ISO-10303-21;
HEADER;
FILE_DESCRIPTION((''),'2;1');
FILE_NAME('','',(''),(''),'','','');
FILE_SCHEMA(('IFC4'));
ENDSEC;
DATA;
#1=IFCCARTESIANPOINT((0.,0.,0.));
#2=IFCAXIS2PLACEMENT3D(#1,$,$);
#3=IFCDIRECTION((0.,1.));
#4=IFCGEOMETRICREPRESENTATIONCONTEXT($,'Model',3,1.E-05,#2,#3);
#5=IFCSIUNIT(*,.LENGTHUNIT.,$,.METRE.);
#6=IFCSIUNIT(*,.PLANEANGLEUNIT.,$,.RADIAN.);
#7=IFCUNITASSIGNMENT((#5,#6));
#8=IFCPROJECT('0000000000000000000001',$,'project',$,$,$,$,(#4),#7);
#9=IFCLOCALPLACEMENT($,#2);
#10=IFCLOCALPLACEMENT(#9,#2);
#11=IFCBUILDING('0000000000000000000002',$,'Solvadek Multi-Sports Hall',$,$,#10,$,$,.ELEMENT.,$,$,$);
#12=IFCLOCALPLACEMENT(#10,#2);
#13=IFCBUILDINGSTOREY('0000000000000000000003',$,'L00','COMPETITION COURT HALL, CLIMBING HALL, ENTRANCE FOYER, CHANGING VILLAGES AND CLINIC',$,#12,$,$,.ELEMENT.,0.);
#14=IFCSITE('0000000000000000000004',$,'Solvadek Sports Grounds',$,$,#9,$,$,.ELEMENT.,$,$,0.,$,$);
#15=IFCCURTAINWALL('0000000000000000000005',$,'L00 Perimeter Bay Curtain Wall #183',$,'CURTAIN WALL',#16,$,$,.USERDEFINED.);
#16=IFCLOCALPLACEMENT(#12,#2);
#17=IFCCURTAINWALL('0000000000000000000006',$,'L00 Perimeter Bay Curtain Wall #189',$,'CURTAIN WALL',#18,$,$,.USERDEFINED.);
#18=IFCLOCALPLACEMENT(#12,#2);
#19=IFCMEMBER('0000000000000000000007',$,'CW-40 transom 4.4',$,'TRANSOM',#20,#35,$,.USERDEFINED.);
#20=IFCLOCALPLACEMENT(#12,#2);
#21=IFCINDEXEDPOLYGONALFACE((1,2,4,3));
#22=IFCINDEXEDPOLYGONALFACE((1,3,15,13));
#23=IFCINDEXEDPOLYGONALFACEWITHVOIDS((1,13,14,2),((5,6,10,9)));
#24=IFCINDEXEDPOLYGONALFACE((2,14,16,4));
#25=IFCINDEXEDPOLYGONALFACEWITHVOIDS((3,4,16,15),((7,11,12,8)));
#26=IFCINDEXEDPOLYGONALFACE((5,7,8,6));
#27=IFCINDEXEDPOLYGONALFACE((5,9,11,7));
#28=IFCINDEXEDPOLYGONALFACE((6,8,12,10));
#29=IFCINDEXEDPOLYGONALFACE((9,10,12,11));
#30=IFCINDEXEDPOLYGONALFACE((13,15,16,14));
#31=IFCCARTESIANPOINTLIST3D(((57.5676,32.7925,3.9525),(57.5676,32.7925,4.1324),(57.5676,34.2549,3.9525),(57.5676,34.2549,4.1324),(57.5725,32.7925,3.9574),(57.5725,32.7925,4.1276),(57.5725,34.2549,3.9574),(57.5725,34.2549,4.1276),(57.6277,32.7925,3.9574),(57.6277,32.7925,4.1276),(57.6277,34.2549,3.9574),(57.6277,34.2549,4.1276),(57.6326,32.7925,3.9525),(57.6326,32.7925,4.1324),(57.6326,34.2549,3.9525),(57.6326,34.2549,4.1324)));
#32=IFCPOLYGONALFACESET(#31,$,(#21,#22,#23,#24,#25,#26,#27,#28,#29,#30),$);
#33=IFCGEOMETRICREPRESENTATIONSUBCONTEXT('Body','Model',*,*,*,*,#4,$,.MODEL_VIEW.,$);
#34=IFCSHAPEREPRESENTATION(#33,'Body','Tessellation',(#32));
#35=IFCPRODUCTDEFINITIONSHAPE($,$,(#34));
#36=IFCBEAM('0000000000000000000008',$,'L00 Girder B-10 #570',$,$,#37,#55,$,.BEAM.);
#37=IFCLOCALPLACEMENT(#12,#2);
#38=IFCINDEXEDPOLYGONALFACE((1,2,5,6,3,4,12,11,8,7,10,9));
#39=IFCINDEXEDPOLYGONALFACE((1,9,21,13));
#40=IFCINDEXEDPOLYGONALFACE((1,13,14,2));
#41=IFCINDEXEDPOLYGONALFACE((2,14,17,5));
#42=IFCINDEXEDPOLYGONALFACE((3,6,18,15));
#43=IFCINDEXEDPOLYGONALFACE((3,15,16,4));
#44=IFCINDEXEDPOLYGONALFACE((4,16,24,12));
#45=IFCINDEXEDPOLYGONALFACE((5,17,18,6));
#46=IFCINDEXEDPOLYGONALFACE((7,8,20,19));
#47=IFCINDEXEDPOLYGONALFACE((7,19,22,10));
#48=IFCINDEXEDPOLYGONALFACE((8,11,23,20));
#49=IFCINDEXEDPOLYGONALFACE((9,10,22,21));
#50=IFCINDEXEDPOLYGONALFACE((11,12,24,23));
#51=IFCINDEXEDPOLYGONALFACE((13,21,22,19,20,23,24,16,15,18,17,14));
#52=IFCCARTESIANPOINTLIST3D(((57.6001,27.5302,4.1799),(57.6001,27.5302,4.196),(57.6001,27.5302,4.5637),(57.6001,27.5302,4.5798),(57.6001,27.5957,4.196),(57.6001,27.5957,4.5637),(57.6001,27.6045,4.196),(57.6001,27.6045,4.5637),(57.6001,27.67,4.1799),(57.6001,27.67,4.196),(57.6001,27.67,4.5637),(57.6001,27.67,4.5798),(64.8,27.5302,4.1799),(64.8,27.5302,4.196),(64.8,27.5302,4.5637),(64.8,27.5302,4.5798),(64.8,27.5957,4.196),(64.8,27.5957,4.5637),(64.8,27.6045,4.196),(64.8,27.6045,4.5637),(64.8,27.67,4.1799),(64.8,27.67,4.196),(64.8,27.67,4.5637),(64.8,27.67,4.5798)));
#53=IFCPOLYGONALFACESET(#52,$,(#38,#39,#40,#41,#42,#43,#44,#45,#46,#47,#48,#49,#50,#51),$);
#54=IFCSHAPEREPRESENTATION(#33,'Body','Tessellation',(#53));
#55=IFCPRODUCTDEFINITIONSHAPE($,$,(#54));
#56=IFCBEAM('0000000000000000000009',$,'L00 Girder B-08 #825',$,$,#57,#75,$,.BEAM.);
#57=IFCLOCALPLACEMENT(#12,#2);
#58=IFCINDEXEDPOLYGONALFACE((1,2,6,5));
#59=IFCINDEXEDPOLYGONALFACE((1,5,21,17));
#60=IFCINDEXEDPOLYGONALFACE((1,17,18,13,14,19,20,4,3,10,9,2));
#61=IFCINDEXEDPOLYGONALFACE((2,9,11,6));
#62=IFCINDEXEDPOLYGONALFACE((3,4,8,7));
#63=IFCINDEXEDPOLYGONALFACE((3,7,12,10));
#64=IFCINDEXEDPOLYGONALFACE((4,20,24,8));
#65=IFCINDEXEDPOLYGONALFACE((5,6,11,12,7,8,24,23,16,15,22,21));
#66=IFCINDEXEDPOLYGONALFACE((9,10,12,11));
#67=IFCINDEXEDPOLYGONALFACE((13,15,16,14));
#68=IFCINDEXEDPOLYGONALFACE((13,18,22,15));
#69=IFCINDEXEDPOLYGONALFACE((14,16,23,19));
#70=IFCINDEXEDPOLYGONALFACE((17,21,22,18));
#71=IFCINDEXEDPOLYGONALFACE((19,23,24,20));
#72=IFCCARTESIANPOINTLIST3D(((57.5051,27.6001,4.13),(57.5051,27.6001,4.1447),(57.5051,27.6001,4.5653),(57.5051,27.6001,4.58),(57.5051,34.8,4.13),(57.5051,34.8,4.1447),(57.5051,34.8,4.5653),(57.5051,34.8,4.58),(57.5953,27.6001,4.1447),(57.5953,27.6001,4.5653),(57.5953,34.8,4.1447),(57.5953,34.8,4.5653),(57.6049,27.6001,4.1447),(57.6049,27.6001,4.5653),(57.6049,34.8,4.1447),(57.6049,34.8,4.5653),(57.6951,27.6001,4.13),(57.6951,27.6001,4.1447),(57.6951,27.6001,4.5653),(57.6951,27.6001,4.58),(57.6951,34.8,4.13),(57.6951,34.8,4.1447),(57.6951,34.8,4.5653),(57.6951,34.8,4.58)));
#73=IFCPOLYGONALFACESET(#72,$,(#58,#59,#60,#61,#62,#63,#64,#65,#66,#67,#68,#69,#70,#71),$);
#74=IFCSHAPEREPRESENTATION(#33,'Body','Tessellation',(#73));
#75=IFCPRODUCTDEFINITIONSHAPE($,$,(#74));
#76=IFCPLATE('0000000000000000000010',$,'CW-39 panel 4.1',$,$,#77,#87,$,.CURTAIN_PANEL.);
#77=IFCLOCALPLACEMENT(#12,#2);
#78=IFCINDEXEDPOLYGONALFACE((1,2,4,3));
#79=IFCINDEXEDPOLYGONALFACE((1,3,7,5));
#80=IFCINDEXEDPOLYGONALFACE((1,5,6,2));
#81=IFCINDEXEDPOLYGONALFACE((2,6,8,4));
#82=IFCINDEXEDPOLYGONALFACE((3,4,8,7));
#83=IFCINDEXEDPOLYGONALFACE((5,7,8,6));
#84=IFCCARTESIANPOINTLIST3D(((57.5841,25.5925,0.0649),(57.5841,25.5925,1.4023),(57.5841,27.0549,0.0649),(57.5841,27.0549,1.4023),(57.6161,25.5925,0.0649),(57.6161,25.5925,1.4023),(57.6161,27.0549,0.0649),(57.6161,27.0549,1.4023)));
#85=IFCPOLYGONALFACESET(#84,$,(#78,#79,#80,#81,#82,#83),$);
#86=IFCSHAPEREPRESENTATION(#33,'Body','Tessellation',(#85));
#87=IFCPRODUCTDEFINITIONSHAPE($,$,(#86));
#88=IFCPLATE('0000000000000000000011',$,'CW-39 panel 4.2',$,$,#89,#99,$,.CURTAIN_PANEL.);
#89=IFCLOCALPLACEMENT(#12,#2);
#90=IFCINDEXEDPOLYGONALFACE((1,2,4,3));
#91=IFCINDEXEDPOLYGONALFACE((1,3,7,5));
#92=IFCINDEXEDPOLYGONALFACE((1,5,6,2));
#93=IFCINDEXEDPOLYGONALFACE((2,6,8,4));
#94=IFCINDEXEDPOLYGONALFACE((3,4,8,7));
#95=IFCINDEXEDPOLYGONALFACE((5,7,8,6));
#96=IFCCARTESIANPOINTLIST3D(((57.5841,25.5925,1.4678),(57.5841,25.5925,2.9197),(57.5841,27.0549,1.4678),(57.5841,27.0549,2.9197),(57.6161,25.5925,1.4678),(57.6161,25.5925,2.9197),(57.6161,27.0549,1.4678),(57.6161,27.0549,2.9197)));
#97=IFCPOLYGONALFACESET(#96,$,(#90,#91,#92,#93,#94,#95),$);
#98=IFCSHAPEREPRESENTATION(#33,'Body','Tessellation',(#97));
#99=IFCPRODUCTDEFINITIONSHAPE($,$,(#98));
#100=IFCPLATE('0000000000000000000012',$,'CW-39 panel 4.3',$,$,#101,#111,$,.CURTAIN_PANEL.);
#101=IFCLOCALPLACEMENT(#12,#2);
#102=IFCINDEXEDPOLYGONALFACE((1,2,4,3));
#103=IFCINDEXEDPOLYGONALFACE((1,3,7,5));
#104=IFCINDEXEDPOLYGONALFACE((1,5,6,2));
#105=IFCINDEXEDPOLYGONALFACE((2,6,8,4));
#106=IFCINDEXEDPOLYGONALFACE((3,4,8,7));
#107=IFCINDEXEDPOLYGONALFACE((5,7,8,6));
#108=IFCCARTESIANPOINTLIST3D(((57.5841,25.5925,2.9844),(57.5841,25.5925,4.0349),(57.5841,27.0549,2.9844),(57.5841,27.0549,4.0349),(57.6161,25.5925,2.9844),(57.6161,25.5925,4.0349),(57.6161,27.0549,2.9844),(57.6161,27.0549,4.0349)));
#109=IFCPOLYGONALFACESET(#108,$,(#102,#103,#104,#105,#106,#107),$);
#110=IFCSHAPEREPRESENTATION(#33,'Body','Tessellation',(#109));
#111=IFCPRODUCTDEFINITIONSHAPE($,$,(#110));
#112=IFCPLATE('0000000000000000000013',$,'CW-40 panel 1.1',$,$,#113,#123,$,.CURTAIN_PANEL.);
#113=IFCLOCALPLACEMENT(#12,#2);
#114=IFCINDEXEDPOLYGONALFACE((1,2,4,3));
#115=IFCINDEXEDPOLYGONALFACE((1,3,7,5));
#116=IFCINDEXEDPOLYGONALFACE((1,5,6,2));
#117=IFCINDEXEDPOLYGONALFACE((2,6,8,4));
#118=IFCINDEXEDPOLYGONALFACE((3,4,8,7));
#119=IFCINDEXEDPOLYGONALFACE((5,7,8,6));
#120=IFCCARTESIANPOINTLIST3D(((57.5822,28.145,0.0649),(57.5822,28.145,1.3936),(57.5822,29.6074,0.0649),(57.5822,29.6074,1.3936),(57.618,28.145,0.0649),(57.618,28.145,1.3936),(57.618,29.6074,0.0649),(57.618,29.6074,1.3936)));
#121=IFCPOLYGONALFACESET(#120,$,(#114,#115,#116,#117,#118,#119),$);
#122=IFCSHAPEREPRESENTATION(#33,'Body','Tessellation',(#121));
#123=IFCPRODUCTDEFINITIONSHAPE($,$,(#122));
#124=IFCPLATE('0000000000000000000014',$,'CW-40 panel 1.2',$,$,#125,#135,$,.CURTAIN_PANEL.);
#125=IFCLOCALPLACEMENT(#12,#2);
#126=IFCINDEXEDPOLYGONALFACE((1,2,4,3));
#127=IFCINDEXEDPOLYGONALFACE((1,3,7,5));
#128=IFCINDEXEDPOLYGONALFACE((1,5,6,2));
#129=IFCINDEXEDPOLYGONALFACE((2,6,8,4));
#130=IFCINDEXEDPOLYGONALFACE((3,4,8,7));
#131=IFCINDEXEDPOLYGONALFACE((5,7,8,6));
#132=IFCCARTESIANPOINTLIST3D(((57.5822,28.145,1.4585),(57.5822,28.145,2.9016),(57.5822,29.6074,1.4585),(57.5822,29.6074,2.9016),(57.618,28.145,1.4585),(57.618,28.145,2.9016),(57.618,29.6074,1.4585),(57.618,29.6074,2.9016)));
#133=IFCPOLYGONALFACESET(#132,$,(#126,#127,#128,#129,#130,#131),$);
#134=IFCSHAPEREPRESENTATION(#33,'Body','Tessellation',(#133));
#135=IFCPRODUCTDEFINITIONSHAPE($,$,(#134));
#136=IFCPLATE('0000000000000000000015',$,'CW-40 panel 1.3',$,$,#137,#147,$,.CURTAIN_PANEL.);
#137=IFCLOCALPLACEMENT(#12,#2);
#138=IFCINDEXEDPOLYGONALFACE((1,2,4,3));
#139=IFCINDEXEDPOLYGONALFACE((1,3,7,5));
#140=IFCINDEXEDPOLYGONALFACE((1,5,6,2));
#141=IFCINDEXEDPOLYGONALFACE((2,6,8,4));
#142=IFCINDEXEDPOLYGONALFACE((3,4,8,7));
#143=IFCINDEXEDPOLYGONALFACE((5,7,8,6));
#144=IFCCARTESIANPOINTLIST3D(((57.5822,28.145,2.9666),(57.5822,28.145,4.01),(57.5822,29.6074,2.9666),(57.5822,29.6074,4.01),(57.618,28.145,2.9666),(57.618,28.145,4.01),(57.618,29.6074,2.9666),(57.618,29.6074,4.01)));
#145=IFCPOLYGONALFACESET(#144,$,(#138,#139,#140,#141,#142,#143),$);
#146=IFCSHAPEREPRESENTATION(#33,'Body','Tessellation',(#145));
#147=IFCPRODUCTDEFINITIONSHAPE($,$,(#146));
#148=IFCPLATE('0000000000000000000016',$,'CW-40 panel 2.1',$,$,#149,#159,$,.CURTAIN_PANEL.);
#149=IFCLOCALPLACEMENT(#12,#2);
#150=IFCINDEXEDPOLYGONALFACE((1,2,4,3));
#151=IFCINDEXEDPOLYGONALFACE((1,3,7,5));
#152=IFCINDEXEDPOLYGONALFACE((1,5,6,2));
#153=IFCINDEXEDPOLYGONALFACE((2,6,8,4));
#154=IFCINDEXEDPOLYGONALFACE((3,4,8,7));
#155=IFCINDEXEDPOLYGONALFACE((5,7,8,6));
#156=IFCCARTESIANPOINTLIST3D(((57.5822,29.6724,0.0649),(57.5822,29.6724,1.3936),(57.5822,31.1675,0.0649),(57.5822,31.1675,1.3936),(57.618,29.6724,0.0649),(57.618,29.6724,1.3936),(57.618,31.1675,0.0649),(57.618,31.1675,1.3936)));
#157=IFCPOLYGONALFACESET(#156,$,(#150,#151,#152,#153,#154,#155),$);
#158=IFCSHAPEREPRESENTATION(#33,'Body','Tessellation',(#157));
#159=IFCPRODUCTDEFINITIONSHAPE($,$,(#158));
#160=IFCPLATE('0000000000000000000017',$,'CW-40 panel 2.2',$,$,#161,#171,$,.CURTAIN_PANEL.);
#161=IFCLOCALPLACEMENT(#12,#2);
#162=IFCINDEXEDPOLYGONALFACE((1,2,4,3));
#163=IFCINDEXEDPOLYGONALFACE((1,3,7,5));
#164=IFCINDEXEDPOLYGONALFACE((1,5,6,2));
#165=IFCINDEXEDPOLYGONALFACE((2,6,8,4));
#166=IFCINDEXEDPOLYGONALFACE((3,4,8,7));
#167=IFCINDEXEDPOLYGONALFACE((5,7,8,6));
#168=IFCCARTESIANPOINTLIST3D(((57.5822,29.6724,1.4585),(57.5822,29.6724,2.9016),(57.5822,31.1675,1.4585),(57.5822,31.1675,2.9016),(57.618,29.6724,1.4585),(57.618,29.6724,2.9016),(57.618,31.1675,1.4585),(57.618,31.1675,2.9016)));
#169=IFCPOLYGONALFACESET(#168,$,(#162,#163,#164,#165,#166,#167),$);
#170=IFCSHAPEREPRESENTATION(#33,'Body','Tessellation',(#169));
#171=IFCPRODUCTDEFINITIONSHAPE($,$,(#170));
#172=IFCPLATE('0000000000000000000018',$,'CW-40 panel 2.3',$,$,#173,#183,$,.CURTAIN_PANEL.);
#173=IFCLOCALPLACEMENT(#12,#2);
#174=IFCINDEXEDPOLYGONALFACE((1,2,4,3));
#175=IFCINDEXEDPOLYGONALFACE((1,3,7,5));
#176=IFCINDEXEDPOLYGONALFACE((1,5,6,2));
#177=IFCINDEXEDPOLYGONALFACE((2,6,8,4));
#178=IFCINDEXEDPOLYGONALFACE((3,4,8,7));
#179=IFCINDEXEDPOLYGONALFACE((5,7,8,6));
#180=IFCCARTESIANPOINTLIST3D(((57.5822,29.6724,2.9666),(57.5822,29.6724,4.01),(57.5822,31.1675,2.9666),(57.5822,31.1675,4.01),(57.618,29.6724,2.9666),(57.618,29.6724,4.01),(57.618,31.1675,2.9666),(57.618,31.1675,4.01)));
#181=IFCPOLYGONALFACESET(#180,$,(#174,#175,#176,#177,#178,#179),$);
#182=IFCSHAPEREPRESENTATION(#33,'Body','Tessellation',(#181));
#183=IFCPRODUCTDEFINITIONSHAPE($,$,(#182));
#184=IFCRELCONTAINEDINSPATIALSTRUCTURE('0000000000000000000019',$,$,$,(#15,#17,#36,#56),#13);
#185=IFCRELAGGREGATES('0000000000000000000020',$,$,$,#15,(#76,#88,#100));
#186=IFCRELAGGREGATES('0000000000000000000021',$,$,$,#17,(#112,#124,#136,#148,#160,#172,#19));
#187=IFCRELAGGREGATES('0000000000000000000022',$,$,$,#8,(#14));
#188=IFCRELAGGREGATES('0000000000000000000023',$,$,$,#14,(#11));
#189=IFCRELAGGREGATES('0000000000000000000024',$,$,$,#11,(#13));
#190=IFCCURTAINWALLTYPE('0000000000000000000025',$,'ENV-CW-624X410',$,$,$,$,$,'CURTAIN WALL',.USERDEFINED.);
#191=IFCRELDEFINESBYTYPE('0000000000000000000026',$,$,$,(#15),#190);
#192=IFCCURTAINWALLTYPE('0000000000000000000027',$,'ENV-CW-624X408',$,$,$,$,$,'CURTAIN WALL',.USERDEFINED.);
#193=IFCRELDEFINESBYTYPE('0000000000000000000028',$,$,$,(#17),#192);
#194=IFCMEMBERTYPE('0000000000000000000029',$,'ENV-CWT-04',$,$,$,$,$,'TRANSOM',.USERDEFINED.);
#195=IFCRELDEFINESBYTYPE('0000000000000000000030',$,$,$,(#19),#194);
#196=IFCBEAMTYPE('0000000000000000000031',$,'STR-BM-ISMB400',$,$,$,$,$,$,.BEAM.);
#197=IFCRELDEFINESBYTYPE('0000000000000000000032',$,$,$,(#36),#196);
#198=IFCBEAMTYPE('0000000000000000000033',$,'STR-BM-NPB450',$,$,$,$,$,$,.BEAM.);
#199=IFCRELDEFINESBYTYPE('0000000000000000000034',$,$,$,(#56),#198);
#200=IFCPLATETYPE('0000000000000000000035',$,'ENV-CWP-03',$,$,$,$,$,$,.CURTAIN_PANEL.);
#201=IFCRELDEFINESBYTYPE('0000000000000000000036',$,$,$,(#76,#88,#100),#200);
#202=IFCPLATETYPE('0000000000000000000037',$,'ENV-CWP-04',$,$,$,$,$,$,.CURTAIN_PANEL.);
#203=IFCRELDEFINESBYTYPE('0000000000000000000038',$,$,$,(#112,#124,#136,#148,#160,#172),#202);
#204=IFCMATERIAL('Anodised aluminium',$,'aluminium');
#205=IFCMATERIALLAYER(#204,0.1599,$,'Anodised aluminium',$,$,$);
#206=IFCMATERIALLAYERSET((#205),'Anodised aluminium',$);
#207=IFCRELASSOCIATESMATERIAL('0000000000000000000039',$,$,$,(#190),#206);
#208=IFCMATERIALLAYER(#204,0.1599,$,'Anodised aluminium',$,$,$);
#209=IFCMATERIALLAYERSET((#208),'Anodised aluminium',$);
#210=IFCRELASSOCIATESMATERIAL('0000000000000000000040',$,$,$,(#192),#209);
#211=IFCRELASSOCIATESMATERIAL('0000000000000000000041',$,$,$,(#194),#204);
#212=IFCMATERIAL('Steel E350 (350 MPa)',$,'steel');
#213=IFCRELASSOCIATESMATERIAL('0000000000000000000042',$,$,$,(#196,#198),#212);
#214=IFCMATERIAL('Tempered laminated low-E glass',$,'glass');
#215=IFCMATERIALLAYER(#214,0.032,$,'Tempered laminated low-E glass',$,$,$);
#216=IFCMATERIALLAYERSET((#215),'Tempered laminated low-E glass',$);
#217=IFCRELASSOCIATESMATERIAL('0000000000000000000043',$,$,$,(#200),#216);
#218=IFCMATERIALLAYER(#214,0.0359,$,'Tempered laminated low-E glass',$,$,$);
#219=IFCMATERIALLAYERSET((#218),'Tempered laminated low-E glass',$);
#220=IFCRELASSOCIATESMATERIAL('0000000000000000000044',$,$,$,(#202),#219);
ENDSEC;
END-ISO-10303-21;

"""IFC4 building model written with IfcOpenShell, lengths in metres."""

from ifc_helpers import new_model, si_unit, direction, frame, origin, origin_2d, place, context, subcontext, project, spatial, rectangle, hollow_rectangle, i_section, extrude, material, layer, layer_set, material_profile, profile_set, type_object, element, aggregate, save


model = new_model("IFC4")

# Units and contexts
model_context = context("Model", 3, precision=1e-05, world=origin(), true_north=direction((0.0, 1.0)))
body_context = subcontext(model_context, "Body", "Model", "MODEL_VIEW")
ifc_project = project(units=[si_unit("LENGTHUNIT", "METRE"), si_unit("PLANEANGLEUNIT", "RADIAN")], contexts=[model_context])

# Site, building, storey
site_placement = place(None, origin())
site = spatial("IfcSite", under=ifc_project, at=site_placement, Name="Solvadek Sports Grounds", CompositionType="ELEMENT", RefElevation=0.0)
building_placement = place(site_placement, origin())
building = spatial("IfcBuilding", under=site, at=building_placement, Name="Solvadek Multi-Sports Hall", CompositionType="ELEMENT")
storey_placement = place(building_placement, origin())
storey = spatial("IfcBuildingStorey", under=building, at=storey_placement, Name="L00", Description="COMPETITION COURT HALL, CLIMBING HALL, ENTRANCE FOYER, CHANGING VILLAGES AND CLINIC", CompositionType="ELEMENT", Elevation=0.0)

# Shared definitions
ifc_material_1 = material(Name="Steel E350 (350 MPa)", Category="steel")

# Curtain wall
ifc_material_2 = material(Name="Anodised aluminium", Category="aluminium")
ifc_layer_1 = layer(ifc_material_2, 0.1599, Name="Anodised aluminium")
ifc_layer_set_1 = layer_set([ifc_layer_1], Name="Anodised aluminium")
curtain_wall_type_1 = type_object("IfcCurtainWallType", Name="ENV-CW-624X410", ElementType="CURTAIN WALL", PredefinedType="USERDEFINED", material=ifc_layer_set_1)
curtain_wall_1_placement = place(storey_placement, origin())
curtain_wall_1 = element("IfcCurtainWall", 1, at=curtain_wall_1_placement, inside=storey, type_object=curtain_wall_type_1, Name="L00 Perimeter Bay Curtain Wall #183", ObjectType="CURTAIN WALL", PredefinedType="USERDEFINED")

# Curtain wall, member
ifc_layer_2 = layer(ifc_material_2, 0.1599, Name="Anodised aluminium")
ifc_layer_set_2 = layer_set([ifc_layer_2], Name="Anodised aluminium")
curtain_wall_type_2 = type_object("IfcCurtainWallType", Name="ENV-CW-624X408", ElementType="CURTAIN WALL", PredefinedType="USERDEFINED", material=ifc_layer_set_2)
curtain_wall_2_placement = place(storey_placement, origin())
curtain_wall_2 = element("IfcCurtainWall", 2, at=curtain_wall_2_placement, inside=storey, type_object=curtain_wall_type_2, Name="L00 Perimeter Bay Curtain Wall #189", ObjectType="CURTAIN WALL", PredefinedType="USERDEFINED")
ifc_material_profile_1 = material_profile(ifc_material_2, hollow_rectangle(XDim=0.0649, YDim=0.1799, WallThickness=0.0049, at=origin_2d()), Name="ALU-T 180x65x5")
ifc_profile_set_1 = profile_set([ifc_material_profile_1], Name="Anodised aluminium")
member_type_1 = type_object("IfcMemberType", Name="ENV-CWT-04", ElementType="TRANSOM", PredefinedType="USERDEFINED", material=ifc_profile_set_1)
member_1_placement = place(storey_placement, frame((57.6001, 32.7925, 4.0425), z_axis=(0.0, 1.0, 0.0), x_axis=(-1.0, 0.0, 0.0)))
member_1 = element("IfcMember", 3, at=member_1_placement, type_object=member_type_1, Name="CW-40 transom 4.4", ObjectType="TRANSOM", PredefinedType="USERDEFINED", context=body_context, shape_type="SweptSolid", body=[
    extrude(hollow_rectangle(XDim=0.0649, YDim=0.1799, WallThickness=0.0049, at=origin_2d()), origin(), (0.0, 0.0, 1.0), 1.4624),
])

# Beams
ifc_material_profile_2 = material_profile(ifc_material_1, i_section(OverallWidth=0.1399, OverallDepth=0.3999, WebThickness=0.0088, FlangeThickness=0.0161, at=origin_2d()), Name="ISMB 400")
ifc_profile_set_2 = profile_set([ifc_material_profile_2], Name="Steel E350 (350 MPa)")
beam_type_1 = type_object("IfcBeamType", Name="STR-BM-ISMB400", PredefinedType="BEAM", material=ifc_profile_set_2)
beam_1_placement = place(storey_placement, frame((57.6001, 27.6001, 4.3799), z_axis=(1.0, 0.0, 0.0), x_axis=(0.0, 1.0, 0.0)))
element("IfcBeam", 4, at=beam_1_placement, inside=storey, type_object=beam_type_1, Name="L00 Girder B-10 #570", PredefinedType="BEAM", context=body_context, shape_type="SweptSolid", body=[
    extrude(i_section(OverallWidth=0.1399, OverallDepth=0.3999, WebThickness=0.0088, FlangeThickness=0.0161, at=origin_2d()), origin(), (0.0, 0.0, 1.0), 7.2),
])
ifc_material_profile_3 = material_profile(ifc_material_1, i_section(OverallWidth=0.1899, OverallDepth=0.45, WebThickness=0.0095, FlangeThickness=0.0146, at=origin_2d()), Name="NPB 450")
ifc_profile_set_3 = profile_set([ifc_material_profile_3], Name="Steel E350 (350 MPa)")
beam_type_2 = type_object("IfcBeamType", Name="STR-BM-NPB450", PredefinedType="BEAM", material=ifc_profile_set_3)
beam_2_placement = place(storey_placement, frame((57.6001, 27.6001, 4.355), z_axis=(0.0, 1.0, 0.0), x_axis=(-1.0, 0.0, 0.0)))
element("IfcBeam", 5, at=beam_2_placement, inside=storey, type_object=beam_type_2, Name="L00 Girder B-08 #825", PredefinedType="BEAM", context=body_context, shape_type="SweptSolid", body=[
    extrude(i_section(OverallWidth=0.1899, OverallDepth=0.45, WebThickness=0.0095, FlangeThickness=0.0146, at=origin_2d()), origin(), (0.0, 0.0, 1.0), 7.2),
])

# Plates
ifc_material_3 = material(Name="Tempered laminated low-E glass", Category="glass")
ifc_layer_3 = layer(ifc_material_3, 0.032, Name="Tempered laminated low-E glass")
ifc_layer_set_3 = layer_set([ifc_layer_3], Name="Tempered laminated low-E glass")
plate_type_1 = type_object("IfcPlateType", Name="ENV-CWP-03", PredefinedType="CURTAIN_PANEL", material=ifc_layer_set_3)
plate_1_placement = place(storey_placement, frame((57.6001, 26.3237, 0.0649), z_axis=(0.0, 0.0, 1.0), x_axis=(0.0, 1.0, 0.0)))
plate_1 = element("IfcPlate", 6, at=plate_1_placement, type_object=plate_type_1, Name="CW-39 panel 4.1", PredefinedType="CURTAIN_PANEL", context=body_context, shape_type="SweptSolid", body=[
    extrude(rectangle(XDim=1.4624, YDim=0.032, at=origin_2d()), origin(), (0.0, 0.0, 1.0), 1.3374),
])
plate_2_placement = place(storey_placement, frame((57.6001, 26.3237, 1.4678), z_axis=(0.0, 0.0, 1.0), x_axis=(0.0, 1.0, 0.0)))
plate_2 = element("IfcPlate", 7, at=plate_2_placement, type_object=plate_type_1, Name="CW-39 panel 4.2", PredefinedType="CURTAIN_PANEL", context=body_context, shape_type="SweptSolid", body=[
    extrude(rectangle(XDim=1.4624, YDim=0.032, at=origin_2d()), origin(), (0.0, 0.0, 1.0), 1.4519),
])
plate_3_placement = place(storey_placement, frame((57.6001, 26.3237, 2.9844), z_axis=(0.0, 0.0, 1.0), x_axis=(0.0, 1.0, 0.0)))
plate_3 = element("IfcPlate", 8, at=plate_3_placement, type_object=plate_type_1, Name="CW-39 panel 4.3", PredefinedType="CURTAIN_PANEL", context=body_context, shape_type="SweptSolid", body=[
    extrude(rectangle(XDim=1.4624, YDim=0.032, at=origin_2d()), origin(), (0.0, 0.0, 1.0), 1.0505),
])
aggregate(curtain_wall_1, [plate_1, plate_2, plate_3])
ifc_layer_4 = layer(ifc_material_3, 0.0359, Name="Tempered laminated low-E glass")
ifc_layer_set_4 = layer_set([ifc_layer_4], Name="Tempered laminated low-E glass")
plate_type_2 = type_object("IfcPlateType", Name="ENV-CWP-04", PredefinedType="CURTAIN_PANEL", material=ifc_layer_set_4)
plate_4_placement = place(storey_placement, frame((57.6001, 28.8762, 0.0649), z_axis=(0.0, 0.0, 1.0), x_axis=(0.0, 1.0, 0.0)))
plate_4 = element("IfcPlate", 9, at=plate_4_placement, type_object=plate_type_2, Name="CW-40 panel 1.1", PredefinedType="CURTAIN_PANEL", context=body_context, shape_type="SweptSolid", body=[
    extrude(rectangle(XDim=1.4624, YDim=0.0359, at=origin_2d()), origin(), (0.0, 0.0, 1.0), 1.3286),
])
plate_5_placement = place(storey_placement, frame((57.6001, 28.8762, 1.4585), z_axis=(0.0, 0.0, 1.0), x_axis=(0.0, 1.0, 0.0)))
plate_5 = element("IfcPlate", 10, at=plate_5_placement, type_object=plate_type_2, Name="CW-40 panel 1.2", PredefinedType="CURTAIN_PANEL", context=body_context, shape_type="SweptSolid", body=[
    extrude(rectangle(XDim=1.4624, YDim=0.0359, at=origin_2d()), origin(), (0.0, 0.0, 1.0), 1.4431),
])
plate_6_placement = place(storey_placement, frame((57.6001, 28.8762, 2.9666), z_axis=(0.0, 0.0, 1.0), x_axis=(0.0, 1.0, 0.0)))
plate_6 = element("IfcPlate", 11, at=plate_6_placement, type_object=plate_type_2, Name="CW-40 panel 1.3", PredefinedType="CURTAIN_PANEL", context=body_context, shape_type="SweptSolid", body=[
    extrude(rectangle(XDim=1.4624, YDim=0.0359, at=origin_2d()), origin(), (0.0, 0.0, 1.0), 1.0435),
])
plate_7_placement = place(storey_placement, frame((57.6001, 30.4199, 0.0649), z_axis=(0.0, 0.0, 1.0), x_axis=(0.0, 1.0, 0.0)))
plate_7 = element("IfcPlate", 12, at=plate_7_placement, type_object=plate_type_2, Name="CW-40 panel 2.1", PredefinedType="CURTAIN_PANEL", context=body_context, shape_type="SweptSolid", body=[
    extrude(rectangle(XDim=1.4951, YDim=0.0359, at=origin_2d()), origin(), (0.0, 0.0, 1.0), 1.3286),
])
plate_8_placement = place(storey_placement, frame((57.6001, 30.4199, 1.4585), z_axis=(0.0, 0.0, 1.0), x_axis=(0.0, 1.0, 0.0)))
plate_8 = element("IfcPlate", 13, at=plate_8_placement, type_object=plate_type_2, Name="CW-40 panel 2.2", PredefinedType="CURTAIN_PANEL", context=body_context, shape_type="SweptSolid", body=[
    extrude(rectangle(XDim=1.4951, YDim=0.0359, at=origin_2d()), origin(), (0.0, 0.0, 1.0), 1.4431),
])
plate_9_placement = place(storey_placement, frame((57.6001, 30.4199, 2.9666), z_axis=(0.0, 0.0, 1.0), x_axis=(0.0, 1.0, 0.0)))
plate_9 = element("IfcPlate", 14, at=plate_9_placement, type_object=plate_type_2, Name="CW-40 panel 2.3", PredefinedType="CURTAIN_PANEL", context=body_context, shape_type="SweptSolid", body=[
    extrude(rectangle(XDim=1.4951, YDim=0.0359, at=origin_2d()), origin(), (0.0, 0.0, 1.0), 1.0435),
])
aggregate(curtain_wall_2, [plate_4, plate_5, plate_6, plate_7, plate_8, plate_9, member_1])

save(model, "model.ifc")
